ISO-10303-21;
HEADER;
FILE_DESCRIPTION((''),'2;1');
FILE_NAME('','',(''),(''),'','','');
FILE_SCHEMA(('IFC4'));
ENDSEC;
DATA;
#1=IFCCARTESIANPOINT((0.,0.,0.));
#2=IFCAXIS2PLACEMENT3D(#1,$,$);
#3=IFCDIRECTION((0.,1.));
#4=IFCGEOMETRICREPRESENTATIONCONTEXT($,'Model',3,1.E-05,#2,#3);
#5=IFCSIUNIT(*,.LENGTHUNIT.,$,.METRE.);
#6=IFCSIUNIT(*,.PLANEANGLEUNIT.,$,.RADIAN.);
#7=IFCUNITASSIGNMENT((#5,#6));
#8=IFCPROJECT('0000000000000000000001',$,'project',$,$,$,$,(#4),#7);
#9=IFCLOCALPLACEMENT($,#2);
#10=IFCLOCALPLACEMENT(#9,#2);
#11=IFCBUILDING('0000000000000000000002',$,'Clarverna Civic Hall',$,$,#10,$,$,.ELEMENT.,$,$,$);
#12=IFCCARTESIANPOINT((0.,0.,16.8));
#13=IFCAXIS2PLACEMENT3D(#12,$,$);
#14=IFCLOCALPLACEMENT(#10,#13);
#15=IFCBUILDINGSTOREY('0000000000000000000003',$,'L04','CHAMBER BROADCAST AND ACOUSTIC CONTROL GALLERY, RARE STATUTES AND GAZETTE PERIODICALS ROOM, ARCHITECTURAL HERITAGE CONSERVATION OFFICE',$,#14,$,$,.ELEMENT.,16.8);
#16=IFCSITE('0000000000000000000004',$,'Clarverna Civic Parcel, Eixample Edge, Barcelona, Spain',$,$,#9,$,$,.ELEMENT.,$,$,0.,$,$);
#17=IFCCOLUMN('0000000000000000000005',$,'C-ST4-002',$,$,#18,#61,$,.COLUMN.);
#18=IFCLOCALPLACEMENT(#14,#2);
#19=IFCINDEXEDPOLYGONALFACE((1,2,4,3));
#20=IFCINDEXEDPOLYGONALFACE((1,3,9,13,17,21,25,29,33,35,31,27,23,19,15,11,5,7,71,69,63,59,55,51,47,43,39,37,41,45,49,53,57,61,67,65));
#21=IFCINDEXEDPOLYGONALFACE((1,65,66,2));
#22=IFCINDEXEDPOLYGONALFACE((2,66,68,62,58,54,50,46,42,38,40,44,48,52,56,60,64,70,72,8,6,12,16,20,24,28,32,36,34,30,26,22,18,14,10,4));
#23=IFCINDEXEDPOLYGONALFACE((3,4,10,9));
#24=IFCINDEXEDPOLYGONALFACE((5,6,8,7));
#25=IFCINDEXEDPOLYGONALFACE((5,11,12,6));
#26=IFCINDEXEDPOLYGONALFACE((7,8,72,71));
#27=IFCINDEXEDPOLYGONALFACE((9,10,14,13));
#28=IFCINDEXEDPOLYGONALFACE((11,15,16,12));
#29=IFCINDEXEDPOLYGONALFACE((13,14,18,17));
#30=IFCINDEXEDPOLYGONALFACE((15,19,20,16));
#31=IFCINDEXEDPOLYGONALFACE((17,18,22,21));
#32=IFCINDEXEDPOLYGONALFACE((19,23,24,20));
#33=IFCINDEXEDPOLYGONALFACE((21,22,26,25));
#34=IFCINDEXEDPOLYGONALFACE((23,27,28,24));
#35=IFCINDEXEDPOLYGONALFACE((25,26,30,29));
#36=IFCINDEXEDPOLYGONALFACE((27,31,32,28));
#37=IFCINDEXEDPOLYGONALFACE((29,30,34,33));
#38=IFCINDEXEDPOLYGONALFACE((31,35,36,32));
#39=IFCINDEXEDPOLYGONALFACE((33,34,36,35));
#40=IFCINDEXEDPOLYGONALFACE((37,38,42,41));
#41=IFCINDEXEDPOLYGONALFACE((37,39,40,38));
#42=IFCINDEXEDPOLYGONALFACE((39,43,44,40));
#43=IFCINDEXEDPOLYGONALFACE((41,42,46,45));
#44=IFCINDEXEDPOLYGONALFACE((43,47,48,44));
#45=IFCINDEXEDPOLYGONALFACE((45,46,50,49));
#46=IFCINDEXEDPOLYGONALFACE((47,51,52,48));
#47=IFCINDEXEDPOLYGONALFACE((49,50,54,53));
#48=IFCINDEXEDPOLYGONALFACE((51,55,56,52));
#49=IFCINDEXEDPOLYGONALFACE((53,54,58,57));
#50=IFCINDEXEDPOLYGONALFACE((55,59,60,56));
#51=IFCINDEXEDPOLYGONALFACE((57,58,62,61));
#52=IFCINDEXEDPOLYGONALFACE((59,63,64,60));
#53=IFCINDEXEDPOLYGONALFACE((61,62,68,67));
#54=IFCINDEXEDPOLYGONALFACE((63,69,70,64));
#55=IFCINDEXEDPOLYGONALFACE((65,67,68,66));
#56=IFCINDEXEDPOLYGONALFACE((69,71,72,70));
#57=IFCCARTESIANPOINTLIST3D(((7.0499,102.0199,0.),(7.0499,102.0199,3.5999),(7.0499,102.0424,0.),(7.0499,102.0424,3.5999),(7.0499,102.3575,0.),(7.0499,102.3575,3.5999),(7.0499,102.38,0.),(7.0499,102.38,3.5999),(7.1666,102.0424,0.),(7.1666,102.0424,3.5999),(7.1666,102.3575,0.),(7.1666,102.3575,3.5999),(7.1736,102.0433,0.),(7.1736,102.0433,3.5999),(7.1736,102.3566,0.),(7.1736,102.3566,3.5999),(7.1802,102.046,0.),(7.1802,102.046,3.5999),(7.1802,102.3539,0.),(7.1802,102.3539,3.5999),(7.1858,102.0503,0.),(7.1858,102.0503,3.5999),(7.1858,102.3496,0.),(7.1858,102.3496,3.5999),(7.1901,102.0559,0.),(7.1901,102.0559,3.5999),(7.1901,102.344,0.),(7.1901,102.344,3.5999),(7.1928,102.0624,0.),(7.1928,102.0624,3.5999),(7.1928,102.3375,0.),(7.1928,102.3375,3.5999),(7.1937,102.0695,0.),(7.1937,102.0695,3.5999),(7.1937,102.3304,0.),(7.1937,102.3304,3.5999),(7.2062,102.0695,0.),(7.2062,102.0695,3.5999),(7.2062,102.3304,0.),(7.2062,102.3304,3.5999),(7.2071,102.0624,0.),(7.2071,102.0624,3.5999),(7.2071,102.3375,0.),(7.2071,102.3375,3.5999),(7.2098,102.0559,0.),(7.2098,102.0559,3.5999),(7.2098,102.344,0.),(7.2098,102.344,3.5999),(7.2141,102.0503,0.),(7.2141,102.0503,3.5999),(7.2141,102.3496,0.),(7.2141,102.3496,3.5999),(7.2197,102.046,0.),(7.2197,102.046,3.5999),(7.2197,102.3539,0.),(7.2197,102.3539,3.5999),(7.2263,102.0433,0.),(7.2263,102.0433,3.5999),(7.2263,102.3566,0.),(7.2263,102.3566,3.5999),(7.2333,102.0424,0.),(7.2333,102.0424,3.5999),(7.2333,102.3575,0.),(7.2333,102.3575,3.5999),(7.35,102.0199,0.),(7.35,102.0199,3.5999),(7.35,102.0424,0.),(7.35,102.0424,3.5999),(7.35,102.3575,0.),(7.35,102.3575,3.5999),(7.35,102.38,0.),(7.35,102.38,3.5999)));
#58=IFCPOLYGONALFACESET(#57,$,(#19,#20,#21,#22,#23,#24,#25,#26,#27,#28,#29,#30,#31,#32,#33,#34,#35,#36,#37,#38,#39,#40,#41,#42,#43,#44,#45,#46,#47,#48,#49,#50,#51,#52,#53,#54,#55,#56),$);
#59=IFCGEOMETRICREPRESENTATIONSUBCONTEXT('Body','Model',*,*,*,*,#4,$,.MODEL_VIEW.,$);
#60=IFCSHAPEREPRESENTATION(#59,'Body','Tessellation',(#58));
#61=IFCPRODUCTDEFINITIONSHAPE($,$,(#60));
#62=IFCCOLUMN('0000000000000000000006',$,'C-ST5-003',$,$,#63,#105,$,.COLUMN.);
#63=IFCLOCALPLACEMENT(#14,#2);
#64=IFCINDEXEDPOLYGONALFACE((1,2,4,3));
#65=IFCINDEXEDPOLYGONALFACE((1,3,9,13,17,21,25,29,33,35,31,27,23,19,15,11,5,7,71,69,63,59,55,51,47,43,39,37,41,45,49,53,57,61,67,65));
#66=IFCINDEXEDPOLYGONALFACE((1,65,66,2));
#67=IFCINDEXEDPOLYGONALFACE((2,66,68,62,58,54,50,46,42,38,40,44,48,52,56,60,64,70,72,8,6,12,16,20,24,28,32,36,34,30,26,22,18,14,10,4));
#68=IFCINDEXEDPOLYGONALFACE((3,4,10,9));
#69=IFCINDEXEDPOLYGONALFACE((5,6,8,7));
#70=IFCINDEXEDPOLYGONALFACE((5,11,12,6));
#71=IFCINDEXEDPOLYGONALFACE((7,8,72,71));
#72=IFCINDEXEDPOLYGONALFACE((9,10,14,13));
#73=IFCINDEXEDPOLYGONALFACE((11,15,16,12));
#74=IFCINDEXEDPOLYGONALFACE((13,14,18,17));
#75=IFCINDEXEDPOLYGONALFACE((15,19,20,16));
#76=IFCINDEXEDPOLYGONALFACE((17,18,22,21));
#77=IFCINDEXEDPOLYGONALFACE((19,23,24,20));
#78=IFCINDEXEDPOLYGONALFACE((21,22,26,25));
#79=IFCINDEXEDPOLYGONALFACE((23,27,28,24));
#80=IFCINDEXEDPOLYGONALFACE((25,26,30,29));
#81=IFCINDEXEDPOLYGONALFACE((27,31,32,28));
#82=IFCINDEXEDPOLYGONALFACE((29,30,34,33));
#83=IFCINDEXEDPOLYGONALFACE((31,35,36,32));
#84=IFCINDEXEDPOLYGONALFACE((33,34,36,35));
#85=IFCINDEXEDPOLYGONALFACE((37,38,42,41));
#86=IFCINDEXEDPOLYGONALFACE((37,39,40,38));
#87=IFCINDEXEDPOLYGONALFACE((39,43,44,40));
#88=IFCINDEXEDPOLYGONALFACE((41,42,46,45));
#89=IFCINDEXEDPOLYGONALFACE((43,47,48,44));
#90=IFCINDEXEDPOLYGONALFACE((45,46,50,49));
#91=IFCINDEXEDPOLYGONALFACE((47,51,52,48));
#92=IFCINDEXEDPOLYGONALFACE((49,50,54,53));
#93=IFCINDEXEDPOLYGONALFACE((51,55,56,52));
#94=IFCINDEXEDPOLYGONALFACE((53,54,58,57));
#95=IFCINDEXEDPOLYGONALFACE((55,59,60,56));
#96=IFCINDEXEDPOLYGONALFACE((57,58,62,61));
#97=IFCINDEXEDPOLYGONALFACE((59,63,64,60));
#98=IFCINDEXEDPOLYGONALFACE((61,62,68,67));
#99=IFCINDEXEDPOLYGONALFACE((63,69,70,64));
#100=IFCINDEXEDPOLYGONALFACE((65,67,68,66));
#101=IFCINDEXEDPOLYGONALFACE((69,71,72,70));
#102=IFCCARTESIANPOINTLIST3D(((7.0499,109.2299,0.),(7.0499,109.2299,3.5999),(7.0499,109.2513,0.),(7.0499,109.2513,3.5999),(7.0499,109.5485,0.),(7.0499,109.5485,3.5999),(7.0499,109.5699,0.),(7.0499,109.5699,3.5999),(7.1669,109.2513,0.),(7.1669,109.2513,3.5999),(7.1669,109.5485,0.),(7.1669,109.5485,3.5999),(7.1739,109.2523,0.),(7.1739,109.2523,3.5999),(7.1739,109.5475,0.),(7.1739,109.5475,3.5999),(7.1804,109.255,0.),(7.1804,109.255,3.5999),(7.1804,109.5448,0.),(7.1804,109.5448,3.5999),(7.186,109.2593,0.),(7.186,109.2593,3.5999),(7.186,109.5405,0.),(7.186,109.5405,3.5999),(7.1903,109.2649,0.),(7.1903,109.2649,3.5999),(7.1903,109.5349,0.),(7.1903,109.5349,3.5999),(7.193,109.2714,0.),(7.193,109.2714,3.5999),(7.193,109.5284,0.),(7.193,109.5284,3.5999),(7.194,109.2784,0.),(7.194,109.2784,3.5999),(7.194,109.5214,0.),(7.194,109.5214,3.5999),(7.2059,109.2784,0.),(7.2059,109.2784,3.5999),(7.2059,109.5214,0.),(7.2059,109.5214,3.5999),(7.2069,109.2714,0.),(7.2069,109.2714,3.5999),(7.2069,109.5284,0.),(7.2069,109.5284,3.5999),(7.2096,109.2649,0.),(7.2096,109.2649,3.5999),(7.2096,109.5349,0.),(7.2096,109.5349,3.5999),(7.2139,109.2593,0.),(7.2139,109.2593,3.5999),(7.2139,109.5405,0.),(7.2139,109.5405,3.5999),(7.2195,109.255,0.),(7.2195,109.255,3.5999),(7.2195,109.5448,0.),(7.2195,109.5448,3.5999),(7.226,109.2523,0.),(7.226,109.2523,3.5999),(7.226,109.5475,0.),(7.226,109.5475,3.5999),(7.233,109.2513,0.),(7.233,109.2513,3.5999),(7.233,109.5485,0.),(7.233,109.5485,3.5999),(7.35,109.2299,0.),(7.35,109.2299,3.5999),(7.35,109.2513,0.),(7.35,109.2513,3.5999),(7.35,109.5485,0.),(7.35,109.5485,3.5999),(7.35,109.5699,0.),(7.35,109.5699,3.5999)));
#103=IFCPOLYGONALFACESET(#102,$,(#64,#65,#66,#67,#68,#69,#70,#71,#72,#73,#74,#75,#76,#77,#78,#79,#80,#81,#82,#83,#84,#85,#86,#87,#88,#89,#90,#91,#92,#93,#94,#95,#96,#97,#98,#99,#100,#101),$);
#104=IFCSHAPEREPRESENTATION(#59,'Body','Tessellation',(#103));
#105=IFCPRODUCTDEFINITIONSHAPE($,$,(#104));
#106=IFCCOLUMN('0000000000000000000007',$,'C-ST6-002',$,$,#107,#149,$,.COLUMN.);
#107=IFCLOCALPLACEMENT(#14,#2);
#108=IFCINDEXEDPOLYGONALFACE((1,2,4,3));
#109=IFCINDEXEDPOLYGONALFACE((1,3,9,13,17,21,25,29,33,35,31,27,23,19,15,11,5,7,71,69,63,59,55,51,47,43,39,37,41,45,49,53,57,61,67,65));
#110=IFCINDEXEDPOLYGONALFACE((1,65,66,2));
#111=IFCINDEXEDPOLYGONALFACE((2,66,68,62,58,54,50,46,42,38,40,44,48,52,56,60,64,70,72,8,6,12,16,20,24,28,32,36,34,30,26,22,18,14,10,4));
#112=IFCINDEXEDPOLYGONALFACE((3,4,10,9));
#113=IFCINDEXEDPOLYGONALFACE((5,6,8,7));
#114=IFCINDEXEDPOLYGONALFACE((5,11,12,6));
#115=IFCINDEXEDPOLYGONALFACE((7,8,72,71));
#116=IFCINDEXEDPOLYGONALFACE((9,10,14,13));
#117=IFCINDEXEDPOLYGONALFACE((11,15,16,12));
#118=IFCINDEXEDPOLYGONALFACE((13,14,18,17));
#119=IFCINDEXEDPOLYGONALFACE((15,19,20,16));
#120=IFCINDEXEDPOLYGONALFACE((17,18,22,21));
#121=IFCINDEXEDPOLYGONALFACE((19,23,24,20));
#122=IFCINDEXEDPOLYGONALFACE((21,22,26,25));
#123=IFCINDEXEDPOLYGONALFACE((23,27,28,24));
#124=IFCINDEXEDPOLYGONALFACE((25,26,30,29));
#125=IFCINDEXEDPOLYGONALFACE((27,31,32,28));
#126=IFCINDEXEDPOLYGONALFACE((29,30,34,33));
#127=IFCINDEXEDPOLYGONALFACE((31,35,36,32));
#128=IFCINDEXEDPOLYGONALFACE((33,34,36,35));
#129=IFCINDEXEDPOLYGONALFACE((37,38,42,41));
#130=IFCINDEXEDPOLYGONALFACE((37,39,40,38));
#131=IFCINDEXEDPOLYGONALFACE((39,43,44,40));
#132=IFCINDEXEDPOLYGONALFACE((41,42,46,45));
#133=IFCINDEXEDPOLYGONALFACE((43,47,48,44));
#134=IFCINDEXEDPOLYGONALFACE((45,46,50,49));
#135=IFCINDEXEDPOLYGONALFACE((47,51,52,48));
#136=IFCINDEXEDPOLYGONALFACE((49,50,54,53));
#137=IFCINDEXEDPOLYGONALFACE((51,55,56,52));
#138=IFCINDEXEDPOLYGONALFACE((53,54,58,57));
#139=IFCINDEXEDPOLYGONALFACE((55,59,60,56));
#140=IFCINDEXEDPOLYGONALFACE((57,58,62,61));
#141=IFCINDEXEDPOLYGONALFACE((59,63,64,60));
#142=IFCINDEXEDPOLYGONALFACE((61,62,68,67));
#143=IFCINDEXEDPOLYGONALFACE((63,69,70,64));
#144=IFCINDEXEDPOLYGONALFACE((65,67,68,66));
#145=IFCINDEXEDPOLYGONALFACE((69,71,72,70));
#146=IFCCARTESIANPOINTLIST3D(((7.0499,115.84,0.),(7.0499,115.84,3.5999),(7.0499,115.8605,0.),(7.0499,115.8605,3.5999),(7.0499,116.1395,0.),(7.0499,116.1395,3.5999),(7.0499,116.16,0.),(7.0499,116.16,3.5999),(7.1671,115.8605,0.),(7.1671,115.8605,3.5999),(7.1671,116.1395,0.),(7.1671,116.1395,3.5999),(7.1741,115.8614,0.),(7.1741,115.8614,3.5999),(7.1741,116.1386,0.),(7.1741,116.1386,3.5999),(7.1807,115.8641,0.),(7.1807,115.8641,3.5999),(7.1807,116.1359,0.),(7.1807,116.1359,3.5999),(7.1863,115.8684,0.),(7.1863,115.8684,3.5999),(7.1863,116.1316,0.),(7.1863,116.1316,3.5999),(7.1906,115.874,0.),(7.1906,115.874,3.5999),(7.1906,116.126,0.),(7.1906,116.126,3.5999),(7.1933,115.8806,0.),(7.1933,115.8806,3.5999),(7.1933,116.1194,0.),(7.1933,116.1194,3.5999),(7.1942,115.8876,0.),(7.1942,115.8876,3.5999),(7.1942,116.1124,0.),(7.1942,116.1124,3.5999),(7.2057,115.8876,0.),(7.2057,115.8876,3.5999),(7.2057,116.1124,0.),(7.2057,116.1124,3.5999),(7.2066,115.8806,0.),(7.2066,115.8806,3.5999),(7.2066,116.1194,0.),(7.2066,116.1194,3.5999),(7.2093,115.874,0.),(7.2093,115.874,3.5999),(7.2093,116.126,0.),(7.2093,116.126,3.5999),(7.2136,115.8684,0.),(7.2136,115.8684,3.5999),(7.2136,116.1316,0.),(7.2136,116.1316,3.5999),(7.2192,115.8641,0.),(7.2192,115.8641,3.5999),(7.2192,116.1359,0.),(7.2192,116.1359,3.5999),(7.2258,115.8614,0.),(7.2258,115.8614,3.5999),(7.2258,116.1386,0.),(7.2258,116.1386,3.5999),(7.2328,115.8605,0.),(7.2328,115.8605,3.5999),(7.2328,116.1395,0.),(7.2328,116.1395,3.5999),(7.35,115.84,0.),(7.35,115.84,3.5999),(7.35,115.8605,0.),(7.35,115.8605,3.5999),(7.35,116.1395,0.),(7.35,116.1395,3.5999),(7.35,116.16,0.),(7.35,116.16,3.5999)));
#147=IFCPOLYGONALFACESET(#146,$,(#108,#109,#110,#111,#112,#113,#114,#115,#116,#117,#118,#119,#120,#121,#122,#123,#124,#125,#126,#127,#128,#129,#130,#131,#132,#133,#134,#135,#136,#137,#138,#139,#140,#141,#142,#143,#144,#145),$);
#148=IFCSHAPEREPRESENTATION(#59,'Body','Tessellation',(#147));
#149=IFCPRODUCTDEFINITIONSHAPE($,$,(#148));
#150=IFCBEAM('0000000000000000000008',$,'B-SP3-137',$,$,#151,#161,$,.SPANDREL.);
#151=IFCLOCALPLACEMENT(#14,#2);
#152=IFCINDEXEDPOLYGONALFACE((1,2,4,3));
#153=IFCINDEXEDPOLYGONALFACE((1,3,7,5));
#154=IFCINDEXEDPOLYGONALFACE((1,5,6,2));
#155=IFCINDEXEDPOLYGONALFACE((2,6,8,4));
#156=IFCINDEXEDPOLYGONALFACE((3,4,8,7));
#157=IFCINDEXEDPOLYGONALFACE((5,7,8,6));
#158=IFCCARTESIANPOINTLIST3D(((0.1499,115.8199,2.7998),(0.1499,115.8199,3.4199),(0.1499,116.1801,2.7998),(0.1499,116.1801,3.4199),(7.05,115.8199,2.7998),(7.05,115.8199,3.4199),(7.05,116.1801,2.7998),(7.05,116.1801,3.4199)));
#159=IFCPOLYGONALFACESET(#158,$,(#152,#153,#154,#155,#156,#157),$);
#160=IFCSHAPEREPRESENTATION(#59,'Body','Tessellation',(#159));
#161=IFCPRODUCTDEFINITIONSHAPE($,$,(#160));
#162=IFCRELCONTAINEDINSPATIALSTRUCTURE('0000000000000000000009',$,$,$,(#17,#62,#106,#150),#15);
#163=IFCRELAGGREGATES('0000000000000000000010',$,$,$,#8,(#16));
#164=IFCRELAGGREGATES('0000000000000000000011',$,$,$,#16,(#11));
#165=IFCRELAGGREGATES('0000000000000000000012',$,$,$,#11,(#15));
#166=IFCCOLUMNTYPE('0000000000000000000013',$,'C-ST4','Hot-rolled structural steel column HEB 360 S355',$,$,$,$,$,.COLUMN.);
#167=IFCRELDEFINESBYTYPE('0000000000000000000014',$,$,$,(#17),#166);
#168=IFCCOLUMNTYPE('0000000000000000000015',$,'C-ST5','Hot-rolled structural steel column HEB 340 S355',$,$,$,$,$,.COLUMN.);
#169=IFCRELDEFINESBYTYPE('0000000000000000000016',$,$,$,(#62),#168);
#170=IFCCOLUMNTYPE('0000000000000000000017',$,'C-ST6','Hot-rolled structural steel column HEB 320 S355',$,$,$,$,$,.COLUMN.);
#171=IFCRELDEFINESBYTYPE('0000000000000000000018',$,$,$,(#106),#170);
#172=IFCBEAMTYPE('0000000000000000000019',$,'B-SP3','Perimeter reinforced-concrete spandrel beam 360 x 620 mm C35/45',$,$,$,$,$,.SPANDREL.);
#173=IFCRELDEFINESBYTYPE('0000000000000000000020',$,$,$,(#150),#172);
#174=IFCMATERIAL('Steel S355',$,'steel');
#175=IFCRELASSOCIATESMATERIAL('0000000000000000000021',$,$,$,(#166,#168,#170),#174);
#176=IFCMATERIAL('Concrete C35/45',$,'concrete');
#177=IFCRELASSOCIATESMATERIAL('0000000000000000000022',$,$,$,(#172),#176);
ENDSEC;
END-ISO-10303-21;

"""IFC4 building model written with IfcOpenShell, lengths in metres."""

from ifc_helpers import new_model, si_unit, direction, frame, origin, origin_2d, place, context, subcontext, project, spatial, rectangle, i_section, extrude, material, material_profile, profile_set, type_object, element, save


model = new_model("IFC4")

# Units and contexts
model_context = context("Model", 3, precision=1e-05, world=origin(), true_north=direction((0.0, 1.0)))
body_context = subcontext(model_context, "Body", "Model", "MODEL_VIEW")
ifc_project = project(units=[si_unit("LENGTHUNIT", "METRE"), si_unit("PLANEANGLEUNIT", "RADIAN")], contexts=[model_context])

# Site, building, storey
site_placement = place(None, origin())
site = spatial("IfcSite", under=ifc_project, at=site_placement, Name="Clarverna Civic Parcel, Eixample Edge, Barcelona, Spain", CompositionType="ELEMENT", RefElevation=0.0)
building_placement = place(site_placement, origin())
building = spatial("IfcBuilding", under=site, at=building_placement, Name="Clarverna Civic Hall", CompositionType="ELEMENT")
storey_placement = place(building_placement, frame((0.0, 0.0, 16.8)))
storey = spatial("IfcBuildingStorey", under=building, at=storey_placement, Name="L04", Description="CHAMBER BROADCAST AND ACOUSTIC CONTROL GALLERY, RARE STATUTES AND GAZETTE PERIODICALS ROOM, ARCHITECTURAL HERITAGE CONSERVATION OFFICE", CompositionType="ELEMENT", Elevation=16.8)

# Columns
ifc_material_1 = material(Name="Steel S355", Category="steel")
ifc_material_profile_1 = material_profile(ifc_material_1, i_section(OverallWidth=0.3, OverallDepth=0.3601, WebThickness=0.0125, FlangeThickness=0.0225, FilletRadius=0.0271, at=origin_2d()), Name="HEB 360")
ifc_profile_set_1 = profile_set([ifc_material_profile_1], Name="Steel S355")
column_type_1 = type_object("IfcColumnType", Name="C-ST4", Description="Hot-rolled structural steel column HEB 360 S355", PredefinedType="COLUMN", material=ifc_profile_set_1)
column_1_placement = place(storey_placement, frame((7.2, 102.2, 0.0), z_axis=(0.0, 0.0, 1.0), x_axis=(1.0, 0.0, 0.0)))
element("IfcColumn", 1, at=column_1_placement, inside=storey, type_object=column_type_1, Name="C-ST4-002", PredefinedType="COLUMN", context=body_context, shape_type="SweptSolid", body=[
    extrude(i_section(OverallWidth=0.3, OverallDepth=0.3601, WebThickness=0.0125, FlangeThickness=0.0225, FilletRadius=0.0271, at=origin_2d()), origin(), (0.0, 0.0, 1.0), 3.5999),
])
ifc_material_profile_2 = material_profile(ifc_material_1, i_section(OverallWidth=0.3, OverallDepth=0.3401, WebThickness=0.012, FlangeThickness=0.0215, FilletRadius=0.0271, at=origin_2d()), Name="HEB 340")
ifc_profile_set_2 = profile_set([ifc_material_profile_2], Name="Steel S355")
column_type_2 = type_object("IfcColumnType", Name="C-ST5", Description="Hot-rolled structural steel column HEB 340 S355", PredefinedType="COLUMN", material=ifc_profile_set_2)
column_2_placement = place(storey_placement, frame((7.2, 109.3999, 0.0), z_axis=(0.0, 0.0, 1.0), x_axis=(1.0, 0.0, 0.0)))
element("IfcColumn", 2, at=column_2_placement, inside=storey, type_object=column_type_2, Name="C-ST5-003", PredefinedType="COLUMN", context=body_context, shape_type="SweptSolid", body=[
    extrude(i_section(OverallWidth=0.3, OverallDepth=0.3401, WebThickness=0.012, FlangeThickness=0.0215, FilletRadius=0.0271, at=origin_2d()), origin(), (0.0, 0.0, 1.0), 3.5999),
])
ifc_material_profile_3 = material_profile(ifc_material_1, i_section(OverallWidth=0.3, OverallDepth=0.3201, WebThickness=0.0115, FlangeThickness=0.0205, FilletRadius=0.0271, at=origin_2d()), Name="HEB 320")
ifc_profile_set_3 = profile_set([ifc_material_profile_3], Name="Steel S355")
column_type_3 = type_object("IfcColumnType", Name="C-ST6", Description="Hot-rolled structural steel column HEB 320 S355", PredefinedType="COLUMN", material=ifc_profile_set_3)
column_3_placement = place(storey_placement, frame((7.2, 116.0, 0.0), z_axis=(0.0, 0.0, 1.0), x_axis=(1.0, 0.0, 0.0)))
element("IfcColumn", 3, at=column_3_placement, inside=storey, type_object=column_type_3, Name="C-ST6-002", PredefinedType="COLUMN", context=body_context, shape_type="SweptSolid", body=[
    extrude(i_section(OverallWidth=0.3, OverallDepth=0.3201, WebThickness=0.0115, FlangeThickness=0.0205, FilletRadius=0.0271, at=origin_2d()), origin(), (0.0, 0.0, 1.0), 3.5999),
])

# Beam
ifc_material_2 = material(Name="Concrete C35/45", Category="concrete")
ifc_material_profile_4 = material_profile(ifc_material_2, rectangle(XDim=0.3601, YDim=0.6201, at=origin_2d()), Name="RC 360x620")
ifc_profile_set_4 = profile_set([ifc_material_profile_4], Name="Concrete C35/45")
beam_type_1 = type_object("IfcBeamType", Name="B-SP3", Description="Perimeter reinforced-concrete spandrel beam 360 x 620 mm C35/45", PredefinedType="SPANDREL", material=ifc_profile_set_4)
beam_1_placement = place(storey_placement, frame((0.1499, 116.0, 3.1099), z_axis=(1.0, 0.0, 0.0), x_axis=(0.0, 1.0, 0.0)))
element("IfcBeam", 4, at=beam_1_placement, inside=storey, type_object=beam_type_1, Name="B-SP3-137", PredefinedType="SPANDREL", context=body_context, shape_type="SweptSolid", body=[
    extrude(rectangle(XDim=0.3601, YDim=0.6201, at=origin_2d()), origin(), (0.0, 0.0, 1.0), 6.9001),
])

save(model, "model.ifc")
